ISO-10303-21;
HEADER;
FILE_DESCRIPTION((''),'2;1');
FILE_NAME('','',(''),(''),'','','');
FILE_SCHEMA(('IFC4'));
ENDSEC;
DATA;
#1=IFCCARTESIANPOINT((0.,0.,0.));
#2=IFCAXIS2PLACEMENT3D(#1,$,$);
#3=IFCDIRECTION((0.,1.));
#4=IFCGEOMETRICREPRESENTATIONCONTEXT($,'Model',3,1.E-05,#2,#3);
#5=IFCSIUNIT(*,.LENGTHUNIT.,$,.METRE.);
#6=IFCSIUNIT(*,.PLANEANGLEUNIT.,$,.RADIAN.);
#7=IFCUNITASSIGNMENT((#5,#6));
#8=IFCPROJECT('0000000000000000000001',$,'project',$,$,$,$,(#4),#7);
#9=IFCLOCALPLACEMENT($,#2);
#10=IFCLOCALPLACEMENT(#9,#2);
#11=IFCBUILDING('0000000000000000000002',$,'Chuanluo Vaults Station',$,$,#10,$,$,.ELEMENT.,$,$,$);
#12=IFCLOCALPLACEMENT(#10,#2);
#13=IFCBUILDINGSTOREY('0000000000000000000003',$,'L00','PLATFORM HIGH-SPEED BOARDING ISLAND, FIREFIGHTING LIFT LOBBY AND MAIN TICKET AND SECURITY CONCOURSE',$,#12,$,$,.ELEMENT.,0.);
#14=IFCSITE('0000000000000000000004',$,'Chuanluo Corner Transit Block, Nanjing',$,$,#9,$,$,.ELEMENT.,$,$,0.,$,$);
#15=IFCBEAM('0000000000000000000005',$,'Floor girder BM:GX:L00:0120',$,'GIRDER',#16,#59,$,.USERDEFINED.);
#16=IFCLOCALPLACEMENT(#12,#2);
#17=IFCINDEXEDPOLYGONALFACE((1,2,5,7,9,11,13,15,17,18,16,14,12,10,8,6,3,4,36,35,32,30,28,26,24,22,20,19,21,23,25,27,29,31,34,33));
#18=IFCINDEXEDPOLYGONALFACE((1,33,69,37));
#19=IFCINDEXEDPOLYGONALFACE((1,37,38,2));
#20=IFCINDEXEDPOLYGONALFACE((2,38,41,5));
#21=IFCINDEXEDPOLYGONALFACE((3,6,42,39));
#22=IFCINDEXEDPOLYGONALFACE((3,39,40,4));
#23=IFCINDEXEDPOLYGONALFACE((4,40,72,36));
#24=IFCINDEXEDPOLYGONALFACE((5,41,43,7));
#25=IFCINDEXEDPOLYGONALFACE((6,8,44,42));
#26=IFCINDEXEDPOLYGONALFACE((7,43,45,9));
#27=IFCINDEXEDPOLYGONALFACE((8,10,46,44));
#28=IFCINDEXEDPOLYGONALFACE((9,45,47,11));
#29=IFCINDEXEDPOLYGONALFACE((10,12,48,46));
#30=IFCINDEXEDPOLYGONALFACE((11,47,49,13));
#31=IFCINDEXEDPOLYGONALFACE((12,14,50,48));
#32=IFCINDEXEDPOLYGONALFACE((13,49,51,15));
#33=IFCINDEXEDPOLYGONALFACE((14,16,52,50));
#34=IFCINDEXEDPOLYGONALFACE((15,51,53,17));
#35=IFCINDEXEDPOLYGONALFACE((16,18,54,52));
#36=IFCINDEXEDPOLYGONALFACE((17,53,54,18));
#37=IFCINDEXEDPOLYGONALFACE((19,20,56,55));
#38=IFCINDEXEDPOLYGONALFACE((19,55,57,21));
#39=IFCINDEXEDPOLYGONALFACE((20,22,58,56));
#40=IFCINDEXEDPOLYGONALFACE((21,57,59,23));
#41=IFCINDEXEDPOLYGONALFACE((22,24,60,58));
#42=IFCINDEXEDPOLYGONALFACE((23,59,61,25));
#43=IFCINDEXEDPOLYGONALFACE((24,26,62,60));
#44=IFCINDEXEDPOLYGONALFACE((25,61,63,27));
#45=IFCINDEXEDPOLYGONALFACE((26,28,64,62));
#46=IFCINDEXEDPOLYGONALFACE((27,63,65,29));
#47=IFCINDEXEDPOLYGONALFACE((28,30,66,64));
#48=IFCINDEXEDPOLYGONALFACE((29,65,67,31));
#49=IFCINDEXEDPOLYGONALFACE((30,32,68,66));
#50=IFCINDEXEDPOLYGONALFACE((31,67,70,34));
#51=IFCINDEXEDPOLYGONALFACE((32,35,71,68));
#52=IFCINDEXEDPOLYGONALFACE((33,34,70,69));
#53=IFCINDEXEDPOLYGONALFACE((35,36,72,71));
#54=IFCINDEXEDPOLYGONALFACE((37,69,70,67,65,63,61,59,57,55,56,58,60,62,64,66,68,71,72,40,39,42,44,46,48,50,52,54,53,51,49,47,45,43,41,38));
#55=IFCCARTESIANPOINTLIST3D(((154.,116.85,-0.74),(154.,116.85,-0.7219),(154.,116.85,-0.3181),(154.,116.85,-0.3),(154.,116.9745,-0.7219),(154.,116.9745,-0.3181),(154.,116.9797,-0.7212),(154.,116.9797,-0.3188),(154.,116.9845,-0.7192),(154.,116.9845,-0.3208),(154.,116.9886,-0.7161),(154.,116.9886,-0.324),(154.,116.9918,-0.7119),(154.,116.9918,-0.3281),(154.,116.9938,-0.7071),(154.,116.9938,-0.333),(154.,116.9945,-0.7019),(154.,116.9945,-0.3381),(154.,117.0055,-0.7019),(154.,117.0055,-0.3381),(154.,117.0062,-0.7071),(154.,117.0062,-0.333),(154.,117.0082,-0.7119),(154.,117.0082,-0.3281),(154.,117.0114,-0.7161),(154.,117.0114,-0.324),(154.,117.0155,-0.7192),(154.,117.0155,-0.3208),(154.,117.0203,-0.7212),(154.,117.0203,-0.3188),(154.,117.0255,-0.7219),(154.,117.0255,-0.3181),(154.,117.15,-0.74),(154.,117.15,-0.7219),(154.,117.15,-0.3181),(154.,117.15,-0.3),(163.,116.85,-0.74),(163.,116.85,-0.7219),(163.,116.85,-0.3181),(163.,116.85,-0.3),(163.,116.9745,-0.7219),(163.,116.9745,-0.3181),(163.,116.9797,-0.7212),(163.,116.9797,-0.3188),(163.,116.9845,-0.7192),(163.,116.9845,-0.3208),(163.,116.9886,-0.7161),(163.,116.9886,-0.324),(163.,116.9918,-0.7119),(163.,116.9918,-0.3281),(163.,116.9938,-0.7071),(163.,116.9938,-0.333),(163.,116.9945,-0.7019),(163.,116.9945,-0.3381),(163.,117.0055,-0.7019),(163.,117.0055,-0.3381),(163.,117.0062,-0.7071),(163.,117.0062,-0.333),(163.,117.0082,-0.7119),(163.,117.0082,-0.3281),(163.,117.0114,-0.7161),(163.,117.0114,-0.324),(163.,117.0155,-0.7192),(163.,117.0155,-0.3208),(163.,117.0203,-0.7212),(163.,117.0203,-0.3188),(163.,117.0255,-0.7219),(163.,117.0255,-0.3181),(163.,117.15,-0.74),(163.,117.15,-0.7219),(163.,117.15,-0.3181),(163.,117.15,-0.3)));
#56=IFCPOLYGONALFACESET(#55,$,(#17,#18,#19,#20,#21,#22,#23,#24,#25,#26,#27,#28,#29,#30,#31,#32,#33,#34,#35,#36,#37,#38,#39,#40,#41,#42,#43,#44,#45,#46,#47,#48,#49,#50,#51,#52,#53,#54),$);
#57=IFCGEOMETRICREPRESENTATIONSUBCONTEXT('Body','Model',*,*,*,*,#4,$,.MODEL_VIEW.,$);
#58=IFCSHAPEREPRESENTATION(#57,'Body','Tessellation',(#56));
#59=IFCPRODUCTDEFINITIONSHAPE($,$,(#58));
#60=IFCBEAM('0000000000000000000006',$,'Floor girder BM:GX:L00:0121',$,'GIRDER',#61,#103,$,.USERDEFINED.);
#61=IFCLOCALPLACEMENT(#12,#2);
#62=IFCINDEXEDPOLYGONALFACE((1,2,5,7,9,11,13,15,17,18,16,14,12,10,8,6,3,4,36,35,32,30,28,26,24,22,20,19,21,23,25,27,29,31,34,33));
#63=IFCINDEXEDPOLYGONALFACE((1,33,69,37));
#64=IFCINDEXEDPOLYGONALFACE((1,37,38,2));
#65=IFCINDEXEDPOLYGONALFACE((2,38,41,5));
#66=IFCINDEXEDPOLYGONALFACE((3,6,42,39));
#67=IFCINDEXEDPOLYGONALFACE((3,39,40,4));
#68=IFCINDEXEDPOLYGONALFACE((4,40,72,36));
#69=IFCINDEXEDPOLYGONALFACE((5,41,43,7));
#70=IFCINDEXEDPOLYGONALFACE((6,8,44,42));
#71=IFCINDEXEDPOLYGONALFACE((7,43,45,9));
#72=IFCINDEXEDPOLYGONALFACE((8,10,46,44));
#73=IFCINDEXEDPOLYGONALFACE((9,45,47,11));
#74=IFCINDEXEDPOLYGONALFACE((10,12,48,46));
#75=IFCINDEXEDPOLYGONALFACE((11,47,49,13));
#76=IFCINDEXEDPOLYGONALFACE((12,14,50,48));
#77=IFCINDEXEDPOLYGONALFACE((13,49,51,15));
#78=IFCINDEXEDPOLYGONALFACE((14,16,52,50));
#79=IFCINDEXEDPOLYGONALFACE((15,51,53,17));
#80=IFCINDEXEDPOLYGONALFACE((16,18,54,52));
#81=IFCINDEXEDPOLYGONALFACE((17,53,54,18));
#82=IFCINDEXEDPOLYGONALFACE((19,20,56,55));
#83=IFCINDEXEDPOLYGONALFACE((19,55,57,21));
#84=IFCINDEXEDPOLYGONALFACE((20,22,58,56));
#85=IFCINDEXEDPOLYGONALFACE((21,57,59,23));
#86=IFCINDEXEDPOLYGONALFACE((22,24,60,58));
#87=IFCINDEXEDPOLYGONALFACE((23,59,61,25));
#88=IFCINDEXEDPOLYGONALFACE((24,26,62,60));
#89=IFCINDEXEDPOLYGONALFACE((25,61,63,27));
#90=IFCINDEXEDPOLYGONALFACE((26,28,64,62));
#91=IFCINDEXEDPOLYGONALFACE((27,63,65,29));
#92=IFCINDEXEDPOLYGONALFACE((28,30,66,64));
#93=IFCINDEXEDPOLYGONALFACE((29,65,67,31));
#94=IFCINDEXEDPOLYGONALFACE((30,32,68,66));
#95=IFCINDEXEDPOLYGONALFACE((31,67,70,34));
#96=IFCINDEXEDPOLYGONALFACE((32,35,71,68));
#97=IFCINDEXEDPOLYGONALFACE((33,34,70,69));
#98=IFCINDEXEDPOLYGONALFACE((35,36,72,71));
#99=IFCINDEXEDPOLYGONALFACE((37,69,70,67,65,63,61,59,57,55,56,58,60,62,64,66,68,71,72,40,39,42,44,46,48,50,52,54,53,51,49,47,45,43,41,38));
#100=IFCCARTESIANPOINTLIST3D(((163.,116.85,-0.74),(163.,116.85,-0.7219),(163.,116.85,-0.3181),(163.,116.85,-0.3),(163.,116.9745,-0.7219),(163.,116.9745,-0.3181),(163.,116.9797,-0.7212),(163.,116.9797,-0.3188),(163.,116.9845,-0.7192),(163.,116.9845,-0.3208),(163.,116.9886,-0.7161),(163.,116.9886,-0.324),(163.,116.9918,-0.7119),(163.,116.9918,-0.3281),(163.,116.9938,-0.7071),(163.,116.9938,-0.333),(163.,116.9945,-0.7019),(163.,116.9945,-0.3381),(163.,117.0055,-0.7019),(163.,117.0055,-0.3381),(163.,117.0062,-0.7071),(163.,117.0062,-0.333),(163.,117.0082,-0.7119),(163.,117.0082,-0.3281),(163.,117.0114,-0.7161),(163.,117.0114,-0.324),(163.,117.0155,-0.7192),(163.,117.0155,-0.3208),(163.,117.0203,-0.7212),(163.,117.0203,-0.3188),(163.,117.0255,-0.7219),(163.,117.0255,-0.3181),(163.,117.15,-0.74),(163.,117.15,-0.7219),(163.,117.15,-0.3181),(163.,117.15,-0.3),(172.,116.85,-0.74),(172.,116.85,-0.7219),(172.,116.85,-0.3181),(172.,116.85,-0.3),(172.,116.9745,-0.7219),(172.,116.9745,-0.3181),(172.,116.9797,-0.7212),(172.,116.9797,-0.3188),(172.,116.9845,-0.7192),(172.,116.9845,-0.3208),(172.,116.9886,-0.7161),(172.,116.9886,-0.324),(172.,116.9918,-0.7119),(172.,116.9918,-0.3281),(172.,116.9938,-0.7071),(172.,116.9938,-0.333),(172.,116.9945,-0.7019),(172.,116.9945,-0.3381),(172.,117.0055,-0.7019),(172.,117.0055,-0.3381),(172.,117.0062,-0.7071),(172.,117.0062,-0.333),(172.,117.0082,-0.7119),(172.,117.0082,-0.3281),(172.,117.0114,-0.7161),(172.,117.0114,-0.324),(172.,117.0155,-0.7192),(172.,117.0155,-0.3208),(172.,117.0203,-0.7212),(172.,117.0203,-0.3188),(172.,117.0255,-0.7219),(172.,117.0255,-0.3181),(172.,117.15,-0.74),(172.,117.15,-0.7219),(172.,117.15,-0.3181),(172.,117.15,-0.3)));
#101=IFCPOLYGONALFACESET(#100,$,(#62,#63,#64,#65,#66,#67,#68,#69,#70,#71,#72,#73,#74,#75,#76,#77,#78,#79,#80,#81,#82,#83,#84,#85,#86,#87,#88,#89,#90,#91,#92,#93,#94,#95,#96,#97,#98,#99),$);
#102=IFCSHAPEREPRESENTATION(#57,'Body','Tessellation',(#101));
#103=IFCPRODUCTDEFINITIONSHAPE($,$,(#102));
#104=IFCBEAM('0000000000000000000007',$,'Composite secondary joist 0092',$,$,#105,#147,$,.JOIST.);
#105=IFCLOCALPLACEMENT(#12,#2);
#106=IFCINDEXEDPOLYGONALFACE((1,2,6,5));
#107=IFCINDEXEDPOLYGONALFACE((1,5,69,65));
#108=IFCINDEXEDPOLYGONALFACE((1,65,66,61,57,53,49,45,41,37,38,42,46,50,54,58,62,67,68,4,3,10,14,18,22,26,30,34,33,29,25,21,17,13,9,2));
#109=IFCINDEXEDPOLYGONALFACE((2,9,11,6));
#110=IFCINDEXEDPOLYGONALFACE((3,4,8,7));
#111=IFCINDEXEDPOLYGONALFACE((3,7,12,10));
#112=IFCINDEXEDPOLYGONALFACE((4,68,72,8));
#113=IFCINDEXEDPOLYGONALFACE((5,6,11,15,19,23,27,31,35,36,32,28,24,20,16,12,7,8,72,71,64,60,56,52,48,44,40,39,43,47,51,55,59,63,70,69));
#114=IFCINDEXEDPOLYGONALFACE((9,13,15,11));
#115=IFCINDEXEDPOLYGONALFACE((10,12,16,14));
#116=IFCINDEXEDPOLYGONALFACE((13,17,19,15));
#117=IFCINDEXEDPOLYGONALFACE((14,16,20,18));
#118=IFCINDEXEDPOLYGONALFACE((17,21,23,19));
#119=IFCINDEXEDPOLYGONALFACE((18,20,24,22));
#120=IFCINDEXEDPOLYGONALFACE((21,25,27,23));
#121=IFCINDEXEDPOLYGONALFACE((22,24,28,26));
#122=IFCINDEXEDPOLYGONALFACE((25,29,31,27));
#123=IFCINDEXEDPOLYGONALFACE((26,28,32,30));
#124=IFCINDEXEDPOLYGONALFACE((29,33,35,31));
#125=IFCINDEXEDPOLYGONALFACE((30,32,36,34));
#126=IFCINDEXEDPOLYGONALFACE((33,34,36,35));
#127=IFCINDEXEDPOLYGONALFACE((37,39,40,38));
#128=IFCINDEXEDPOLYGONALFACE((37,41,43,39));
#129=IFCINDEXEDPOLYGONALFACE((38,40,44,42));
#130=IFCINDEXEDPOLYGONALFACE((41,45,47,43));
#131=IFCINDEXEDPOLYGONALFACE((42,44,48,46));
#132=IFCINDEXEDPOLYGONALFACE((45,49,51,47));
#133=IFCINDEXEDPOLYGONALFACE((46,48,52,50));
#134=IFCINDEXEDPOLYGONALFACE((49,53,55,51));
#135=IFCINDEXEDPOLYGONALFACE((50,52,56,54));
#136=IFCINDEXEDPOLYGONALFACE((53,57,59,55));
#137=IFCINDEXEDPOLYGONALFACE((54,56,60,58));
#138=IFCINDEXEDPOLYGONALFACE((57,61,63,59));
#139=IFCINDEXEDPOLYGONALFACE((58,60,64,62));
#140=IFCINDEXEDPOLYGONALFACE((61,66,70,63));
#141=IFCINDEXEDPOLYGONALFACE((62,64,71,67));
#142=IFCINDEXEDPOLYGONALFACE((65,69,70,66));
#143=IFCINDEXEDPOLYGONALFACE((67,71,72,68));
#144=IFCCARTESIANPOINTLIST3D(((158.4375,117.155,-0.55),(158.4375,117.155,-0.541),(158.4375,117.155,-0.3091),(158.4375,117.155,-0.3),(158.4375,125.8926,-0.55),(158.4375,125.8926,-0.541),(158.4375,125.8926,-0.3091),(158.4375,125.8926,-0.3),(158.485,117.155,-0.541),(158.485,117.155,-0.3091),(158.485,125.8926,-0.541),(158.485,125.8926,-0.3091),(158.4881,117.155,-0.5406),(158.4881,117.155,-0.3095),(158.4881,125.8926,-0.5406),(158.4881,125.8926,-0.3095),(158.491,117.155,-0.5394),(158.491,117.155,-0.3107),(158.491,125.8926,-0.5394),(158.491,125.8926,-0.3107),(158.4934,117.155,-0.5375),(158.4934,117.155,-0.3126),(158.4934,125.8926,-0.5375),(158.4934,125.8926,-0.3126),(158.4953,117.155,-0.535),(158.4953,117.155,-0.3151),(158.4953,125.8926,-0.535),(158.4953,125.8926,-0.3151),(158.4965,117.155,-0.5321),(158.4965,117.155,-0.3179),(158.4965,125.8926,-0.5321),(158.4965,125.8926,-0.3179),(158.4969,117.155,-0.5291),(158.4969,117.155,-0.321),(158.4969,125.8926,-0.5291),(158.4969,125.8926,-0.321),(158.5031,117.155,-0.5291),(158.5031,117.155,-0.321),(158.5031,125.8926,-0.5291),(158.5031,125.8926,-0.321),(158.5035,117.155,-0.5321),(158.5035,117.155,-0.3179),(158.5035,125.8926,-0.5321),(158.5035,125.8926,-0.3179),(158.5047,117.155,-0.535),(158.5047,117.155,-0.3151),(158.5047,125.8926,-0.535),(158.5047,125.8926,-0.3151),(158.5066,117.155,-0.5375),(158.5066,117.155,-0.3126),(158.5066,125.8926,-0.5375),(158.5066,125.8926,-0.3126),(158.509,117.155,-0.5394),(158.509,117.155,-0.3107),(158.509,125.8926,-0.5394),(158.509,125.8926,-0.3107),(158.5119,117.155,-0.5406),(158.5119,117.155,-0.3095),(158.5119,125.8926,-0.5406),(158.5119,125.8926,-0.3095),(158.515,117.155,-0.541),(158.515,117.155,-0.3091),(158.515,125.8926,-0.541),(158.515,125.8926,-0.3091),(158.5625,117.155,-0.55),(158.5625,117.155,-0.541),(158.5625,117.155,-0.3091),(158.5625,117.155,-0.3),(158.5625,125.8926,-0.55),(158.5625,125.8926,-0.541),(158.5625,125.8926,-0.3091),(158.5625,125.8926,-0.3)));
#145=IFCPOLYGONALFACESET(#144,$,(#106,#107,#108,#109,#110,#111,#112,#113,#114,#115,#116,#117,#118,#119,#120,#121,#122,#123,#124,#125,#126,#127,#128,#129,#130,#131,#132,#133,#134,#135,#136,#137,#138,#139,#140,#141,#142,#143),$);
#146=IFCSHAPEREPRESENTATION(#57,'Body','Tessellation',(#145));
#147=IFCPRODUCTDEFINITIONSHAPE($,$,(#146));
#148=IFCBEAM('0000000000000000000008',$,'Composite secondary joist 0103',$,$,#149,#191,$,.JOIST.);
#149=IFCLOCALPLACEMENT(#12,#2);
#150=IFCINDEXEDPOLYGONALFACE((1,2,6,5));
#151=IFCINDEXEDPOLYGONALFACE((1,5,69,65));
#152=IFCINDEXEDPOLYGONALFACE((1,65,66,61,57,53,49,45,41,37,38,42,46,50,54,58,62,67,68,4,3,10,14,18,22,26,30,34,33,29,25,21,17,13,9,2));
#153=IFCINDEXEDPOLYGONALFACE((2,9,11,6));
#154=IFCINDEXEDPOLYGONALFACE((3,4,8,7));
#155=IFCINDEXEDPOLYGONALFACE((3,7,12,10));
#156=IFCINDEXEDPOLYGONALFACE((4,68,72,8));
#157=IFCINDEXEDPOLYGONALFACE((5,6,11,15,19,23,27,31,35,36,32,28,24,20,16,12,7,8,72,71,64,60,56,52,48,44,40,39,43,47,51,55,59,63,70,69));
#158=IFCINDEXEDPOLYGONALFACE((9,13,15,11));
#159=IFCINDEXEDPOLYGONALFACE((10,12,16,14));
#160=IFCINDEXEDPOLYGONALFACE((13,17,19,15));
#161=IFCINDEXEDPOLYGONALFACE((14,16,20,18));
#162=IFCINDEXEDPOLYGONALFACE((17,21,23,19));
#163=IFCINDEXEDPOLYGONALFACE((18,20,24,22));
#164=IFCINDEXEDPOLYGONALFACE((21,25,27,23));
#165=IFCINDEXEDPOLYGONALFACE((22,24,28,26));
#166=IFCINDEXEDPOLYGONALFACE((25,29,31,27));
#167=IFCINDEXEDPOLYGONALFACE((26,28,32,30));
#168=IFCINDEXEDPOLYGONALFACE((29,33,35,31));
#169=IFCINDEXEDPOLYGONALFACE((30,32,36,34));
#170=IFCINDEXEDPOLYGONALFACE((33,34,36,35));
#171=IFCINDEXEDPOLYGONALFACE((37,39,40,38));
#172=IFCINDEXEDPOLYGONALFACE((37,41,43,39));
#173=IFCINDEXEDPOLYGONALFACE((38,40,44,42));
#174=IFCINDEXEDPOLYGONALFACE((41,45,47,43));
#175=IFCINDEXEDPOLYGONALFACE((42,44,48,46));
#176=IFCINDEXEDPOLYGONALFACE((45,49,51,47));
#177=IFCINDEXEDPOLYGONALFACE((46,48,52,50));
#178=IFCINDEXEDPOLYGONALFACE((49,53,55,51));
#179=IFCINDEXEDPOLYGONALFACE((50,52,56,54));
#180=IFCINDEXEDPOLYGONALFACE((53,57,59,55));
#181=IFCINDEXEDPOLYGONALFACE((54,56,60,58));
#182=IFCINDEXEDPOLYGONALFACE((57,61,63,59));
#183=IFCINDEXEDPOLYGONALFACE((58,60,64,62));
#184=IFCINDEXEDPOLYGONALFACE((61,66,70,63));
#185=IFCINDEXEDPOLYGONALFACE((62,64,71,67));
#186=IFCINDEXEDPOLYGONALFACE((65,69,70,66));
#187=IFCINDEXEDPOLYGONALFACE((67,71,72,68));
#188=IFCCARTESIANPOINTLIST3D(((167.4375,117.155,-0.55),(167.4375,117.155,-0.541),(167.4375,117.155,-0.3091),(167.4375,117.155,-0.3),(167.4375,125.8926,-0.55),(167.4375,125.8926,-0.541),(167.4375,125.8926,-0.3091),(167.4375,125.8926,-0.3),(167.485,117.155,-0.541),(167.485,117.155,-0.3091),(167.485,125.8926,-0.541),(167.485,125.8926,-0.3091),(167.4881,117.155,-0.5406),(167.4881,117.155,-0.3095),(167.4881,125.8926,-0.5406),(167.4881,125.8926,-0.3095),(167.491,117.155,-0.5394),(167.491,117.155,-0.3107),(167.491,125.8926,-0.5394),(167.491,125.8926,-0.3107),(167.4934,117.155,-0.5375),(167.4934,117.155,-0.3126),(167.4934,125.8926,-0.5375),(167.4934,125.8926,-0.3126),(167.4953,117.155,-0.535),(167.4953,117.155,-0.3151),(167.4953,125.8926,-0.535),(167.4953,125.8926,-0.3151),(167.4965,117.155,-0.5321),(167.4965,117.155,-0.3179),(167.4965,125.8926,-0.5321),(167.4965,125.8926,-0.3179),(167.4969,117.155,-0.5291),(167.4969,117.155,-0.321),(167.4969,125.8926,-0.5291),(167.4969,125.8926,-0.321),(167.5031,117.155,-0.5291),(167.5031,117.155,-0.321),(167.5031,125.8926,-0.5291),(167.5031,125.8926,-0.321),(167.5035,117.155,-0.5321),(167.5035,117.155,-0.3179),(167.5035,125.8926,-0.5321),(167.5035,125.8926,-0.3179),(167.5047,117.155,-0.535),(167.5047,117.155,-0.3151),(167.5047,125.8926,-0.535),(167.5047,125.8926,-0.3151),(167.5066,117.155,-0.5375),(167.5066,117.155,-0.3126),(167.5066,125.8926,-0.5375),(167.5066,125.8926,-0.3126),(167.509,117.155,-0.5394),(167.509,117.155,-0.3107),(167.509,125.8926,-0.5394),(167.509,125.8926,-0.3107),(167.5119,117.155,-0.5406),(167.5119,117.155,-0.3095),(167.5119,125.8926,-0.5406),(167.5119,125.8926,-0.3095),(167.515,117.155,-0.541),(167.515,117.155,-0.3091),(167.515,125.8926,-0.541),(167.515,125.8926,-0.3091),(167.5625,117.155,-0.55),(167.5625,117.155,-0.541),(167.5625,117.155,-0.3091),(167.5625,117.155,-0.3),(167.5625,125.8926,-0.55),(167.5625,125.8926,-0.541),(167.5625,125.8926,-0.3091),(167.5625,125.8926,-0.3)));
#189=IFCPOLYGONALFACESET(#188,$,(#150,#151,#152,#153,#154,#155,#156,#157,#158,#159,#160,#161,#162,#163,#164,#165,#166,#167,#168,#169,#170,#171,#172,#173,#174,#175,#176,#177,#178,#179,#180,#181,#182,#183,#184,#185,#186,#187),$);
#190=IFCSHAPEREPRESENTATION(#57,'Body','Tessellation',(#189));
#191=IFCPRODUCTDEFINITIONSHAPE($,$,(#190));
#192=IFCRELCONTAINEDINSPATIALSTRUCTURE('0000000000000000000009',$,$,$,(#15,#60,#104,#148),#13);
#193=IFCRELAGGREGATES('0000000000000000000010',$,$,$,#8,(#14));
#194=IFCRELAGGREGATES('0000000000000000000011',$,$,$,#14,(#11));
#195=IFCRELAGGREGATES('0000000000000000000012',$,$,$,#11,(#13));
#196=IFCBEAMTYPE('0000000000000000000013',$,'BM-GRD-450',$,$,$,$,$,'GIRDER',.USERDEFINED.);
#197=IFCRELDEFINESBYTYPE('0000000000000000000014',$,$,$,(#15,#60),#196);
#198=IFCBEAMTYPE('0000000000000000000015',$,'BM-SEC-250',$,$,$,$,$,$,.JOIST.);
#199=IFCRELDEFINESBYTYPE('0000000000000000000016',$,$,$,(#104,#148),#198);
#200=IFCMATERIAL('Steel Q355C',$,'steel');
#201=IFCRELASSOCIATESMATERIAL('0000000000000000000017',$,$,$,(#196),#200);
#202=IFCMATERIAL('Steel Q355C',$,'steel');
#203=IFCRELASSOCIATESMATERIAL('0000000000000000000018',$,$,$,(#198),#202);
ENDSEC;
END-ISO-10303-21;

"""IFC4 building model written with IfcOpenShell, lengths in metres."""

from ifc_helpers import new_model, si_unit, direction, frame, origin, origin_2d, place, context, subcontext, project, spatial, i_section, extrude, material, material_profile, profile_set, type_object, element, save


model = new_model("IFC4")

# Units and contexts
model_context = context("Model", 3, precision=1e-05, world=origin(), true_north=direction((0.0, 1.0)))
body_context = subcontext(model_context, "Body", "Model", "MODEL_VIEW")
ifc_project = project(units=[si_unit("LENGTHUNIT", "METRE"), si_unit("PLANEANGLEUNIT", "RADIAN")], contexts=[model_context])

# Site, building, storey
site_placement = place(None, origin())
site = spatial("IfcSite", under=ifc_project, at=site_placement, Name="Chuanluo Corner Transit Block, Nanjing", CompositionType="ELEMENT", RefElevation=0.0)
building_placement = place(site_placement, origin())
building = spatial("IfcBuilding", under=site, at=building_placement, Name="Chuanluo Vaults Station", CompositionType="ELEMENT")
storey_placement = place(building_placement, origin())
storey = spatial("IfcBuildingStorey", under=building, at=storey_placement, Name="L00", Description="PLATFORM HIGH-SPEED BOARDING ISLAND, FIREFIGHTING LIFT LOBBY AND MAIN TICKET AND SECURITY CONCOURSE", CompositionType="ELEMENT", Elevation=0.0)

# Beams
ifc_material_1 = material(Name="Steel Q355C", Category="steel")
ifc_material_profile_1 = material_profile(ifc_material_1, i_section(OverallWidth=0.3, OverallDepth=0.4399, WebThickness=0.011, FlangeThickness=0.0181, FilletRadius=0.02, at=origin_2d()))
ifc_profile_set_1 = profile_set([ifc_material_profile_1], Name="Steel Q355C")
beam_type_1 = type_object("IfcBeamType", Name="BM-GRD-450", ElementType="GIRDER", PredefinedType="USERDEFINED", material=ifc_profile_set_1)
for number, where, z_axis, x_axis, name in (
    (1, (154.0, 117.0, -0.52), (1.0, 0.0, 0.0), (0.0, 1.0, 0.0), "Floor girder BM:GX:L00:0120"),
    (2, (163.0, 117.0, -0.52), (1.0, 0.0, 0.0), (0.0, 1.0, 0.0), "Floor girder BM:GX:L00:0121"),
):
    element("IfcBeam", number, at=place(storey_placement, frame(where, z_axis=z_axis, x_axis=x_axis)), inside=storey, type_object=beam_type_1, Name=name, ObjectType="GIRDER", PredefinedType="USERDEFINED", context=body_context, shape_type="SweptSolid", body=[
        extrude(i_section(OverallWidth=0.3, OverallDepth=0.4399, WebThickness=0.011, FlangeThickness=0.0181, FilletRadius=0.02, at=origin_2d()), origin(), (0.0, 0.0, 1.0), 9.0),
    ])
ifc_material_2 = material(Name="Steel Q355C", Category="steel")
ifc_material_profile_2 = material_profile(ifc_material_2, i_section(OverallWidth=0.125, OverallDepth=0.25, WebThickness=0.0061, FlangeThickness=0.009, FilletRadius=0.012, at=origin_2d()))
ifc_profile_set_2 = profile_set([ifc_material_profile_2], Name="Steel Q355C")
beam_type_2 = type_object("IfcBeamType", Name="BM-SEC-250", PredefinedType="JOIST", material=ifc_profile_set_2)
for number, where, z_axis, x_axis, name in (
    (3, (158.5, 117.155, -0.425), (0.0, 1.0, 0.0), (-1.0, 0.0, 0.0), "Composite secondary joist 0092"),
    (4, (167.5, 117.155, -0.425), (0.0, 1.0, 0.0), (-1.0, 0.0, 0.0), "Composite secondary joist 0103"),
):
    element("IfcBeam", number, at=place(storey_placement, frame(where, z_axis=z_axis, x_axis=x_axis)), inside=storey, type_object=beam_type_2, Name=name, PredefinedType="JOIST", context=body_context, shape_type="SweptSolid", body=[
        extrude(i_section(OverallWidth=0.125, OverallDepth=0.25, WebThickness=0.0061, FlangeThickness=0.009, FilletRadius=0.012, at=origin_2d()), origin(), (0.0, 0.0, 1.0), 8.7375),
    ])

save(model, "model.ifc")
